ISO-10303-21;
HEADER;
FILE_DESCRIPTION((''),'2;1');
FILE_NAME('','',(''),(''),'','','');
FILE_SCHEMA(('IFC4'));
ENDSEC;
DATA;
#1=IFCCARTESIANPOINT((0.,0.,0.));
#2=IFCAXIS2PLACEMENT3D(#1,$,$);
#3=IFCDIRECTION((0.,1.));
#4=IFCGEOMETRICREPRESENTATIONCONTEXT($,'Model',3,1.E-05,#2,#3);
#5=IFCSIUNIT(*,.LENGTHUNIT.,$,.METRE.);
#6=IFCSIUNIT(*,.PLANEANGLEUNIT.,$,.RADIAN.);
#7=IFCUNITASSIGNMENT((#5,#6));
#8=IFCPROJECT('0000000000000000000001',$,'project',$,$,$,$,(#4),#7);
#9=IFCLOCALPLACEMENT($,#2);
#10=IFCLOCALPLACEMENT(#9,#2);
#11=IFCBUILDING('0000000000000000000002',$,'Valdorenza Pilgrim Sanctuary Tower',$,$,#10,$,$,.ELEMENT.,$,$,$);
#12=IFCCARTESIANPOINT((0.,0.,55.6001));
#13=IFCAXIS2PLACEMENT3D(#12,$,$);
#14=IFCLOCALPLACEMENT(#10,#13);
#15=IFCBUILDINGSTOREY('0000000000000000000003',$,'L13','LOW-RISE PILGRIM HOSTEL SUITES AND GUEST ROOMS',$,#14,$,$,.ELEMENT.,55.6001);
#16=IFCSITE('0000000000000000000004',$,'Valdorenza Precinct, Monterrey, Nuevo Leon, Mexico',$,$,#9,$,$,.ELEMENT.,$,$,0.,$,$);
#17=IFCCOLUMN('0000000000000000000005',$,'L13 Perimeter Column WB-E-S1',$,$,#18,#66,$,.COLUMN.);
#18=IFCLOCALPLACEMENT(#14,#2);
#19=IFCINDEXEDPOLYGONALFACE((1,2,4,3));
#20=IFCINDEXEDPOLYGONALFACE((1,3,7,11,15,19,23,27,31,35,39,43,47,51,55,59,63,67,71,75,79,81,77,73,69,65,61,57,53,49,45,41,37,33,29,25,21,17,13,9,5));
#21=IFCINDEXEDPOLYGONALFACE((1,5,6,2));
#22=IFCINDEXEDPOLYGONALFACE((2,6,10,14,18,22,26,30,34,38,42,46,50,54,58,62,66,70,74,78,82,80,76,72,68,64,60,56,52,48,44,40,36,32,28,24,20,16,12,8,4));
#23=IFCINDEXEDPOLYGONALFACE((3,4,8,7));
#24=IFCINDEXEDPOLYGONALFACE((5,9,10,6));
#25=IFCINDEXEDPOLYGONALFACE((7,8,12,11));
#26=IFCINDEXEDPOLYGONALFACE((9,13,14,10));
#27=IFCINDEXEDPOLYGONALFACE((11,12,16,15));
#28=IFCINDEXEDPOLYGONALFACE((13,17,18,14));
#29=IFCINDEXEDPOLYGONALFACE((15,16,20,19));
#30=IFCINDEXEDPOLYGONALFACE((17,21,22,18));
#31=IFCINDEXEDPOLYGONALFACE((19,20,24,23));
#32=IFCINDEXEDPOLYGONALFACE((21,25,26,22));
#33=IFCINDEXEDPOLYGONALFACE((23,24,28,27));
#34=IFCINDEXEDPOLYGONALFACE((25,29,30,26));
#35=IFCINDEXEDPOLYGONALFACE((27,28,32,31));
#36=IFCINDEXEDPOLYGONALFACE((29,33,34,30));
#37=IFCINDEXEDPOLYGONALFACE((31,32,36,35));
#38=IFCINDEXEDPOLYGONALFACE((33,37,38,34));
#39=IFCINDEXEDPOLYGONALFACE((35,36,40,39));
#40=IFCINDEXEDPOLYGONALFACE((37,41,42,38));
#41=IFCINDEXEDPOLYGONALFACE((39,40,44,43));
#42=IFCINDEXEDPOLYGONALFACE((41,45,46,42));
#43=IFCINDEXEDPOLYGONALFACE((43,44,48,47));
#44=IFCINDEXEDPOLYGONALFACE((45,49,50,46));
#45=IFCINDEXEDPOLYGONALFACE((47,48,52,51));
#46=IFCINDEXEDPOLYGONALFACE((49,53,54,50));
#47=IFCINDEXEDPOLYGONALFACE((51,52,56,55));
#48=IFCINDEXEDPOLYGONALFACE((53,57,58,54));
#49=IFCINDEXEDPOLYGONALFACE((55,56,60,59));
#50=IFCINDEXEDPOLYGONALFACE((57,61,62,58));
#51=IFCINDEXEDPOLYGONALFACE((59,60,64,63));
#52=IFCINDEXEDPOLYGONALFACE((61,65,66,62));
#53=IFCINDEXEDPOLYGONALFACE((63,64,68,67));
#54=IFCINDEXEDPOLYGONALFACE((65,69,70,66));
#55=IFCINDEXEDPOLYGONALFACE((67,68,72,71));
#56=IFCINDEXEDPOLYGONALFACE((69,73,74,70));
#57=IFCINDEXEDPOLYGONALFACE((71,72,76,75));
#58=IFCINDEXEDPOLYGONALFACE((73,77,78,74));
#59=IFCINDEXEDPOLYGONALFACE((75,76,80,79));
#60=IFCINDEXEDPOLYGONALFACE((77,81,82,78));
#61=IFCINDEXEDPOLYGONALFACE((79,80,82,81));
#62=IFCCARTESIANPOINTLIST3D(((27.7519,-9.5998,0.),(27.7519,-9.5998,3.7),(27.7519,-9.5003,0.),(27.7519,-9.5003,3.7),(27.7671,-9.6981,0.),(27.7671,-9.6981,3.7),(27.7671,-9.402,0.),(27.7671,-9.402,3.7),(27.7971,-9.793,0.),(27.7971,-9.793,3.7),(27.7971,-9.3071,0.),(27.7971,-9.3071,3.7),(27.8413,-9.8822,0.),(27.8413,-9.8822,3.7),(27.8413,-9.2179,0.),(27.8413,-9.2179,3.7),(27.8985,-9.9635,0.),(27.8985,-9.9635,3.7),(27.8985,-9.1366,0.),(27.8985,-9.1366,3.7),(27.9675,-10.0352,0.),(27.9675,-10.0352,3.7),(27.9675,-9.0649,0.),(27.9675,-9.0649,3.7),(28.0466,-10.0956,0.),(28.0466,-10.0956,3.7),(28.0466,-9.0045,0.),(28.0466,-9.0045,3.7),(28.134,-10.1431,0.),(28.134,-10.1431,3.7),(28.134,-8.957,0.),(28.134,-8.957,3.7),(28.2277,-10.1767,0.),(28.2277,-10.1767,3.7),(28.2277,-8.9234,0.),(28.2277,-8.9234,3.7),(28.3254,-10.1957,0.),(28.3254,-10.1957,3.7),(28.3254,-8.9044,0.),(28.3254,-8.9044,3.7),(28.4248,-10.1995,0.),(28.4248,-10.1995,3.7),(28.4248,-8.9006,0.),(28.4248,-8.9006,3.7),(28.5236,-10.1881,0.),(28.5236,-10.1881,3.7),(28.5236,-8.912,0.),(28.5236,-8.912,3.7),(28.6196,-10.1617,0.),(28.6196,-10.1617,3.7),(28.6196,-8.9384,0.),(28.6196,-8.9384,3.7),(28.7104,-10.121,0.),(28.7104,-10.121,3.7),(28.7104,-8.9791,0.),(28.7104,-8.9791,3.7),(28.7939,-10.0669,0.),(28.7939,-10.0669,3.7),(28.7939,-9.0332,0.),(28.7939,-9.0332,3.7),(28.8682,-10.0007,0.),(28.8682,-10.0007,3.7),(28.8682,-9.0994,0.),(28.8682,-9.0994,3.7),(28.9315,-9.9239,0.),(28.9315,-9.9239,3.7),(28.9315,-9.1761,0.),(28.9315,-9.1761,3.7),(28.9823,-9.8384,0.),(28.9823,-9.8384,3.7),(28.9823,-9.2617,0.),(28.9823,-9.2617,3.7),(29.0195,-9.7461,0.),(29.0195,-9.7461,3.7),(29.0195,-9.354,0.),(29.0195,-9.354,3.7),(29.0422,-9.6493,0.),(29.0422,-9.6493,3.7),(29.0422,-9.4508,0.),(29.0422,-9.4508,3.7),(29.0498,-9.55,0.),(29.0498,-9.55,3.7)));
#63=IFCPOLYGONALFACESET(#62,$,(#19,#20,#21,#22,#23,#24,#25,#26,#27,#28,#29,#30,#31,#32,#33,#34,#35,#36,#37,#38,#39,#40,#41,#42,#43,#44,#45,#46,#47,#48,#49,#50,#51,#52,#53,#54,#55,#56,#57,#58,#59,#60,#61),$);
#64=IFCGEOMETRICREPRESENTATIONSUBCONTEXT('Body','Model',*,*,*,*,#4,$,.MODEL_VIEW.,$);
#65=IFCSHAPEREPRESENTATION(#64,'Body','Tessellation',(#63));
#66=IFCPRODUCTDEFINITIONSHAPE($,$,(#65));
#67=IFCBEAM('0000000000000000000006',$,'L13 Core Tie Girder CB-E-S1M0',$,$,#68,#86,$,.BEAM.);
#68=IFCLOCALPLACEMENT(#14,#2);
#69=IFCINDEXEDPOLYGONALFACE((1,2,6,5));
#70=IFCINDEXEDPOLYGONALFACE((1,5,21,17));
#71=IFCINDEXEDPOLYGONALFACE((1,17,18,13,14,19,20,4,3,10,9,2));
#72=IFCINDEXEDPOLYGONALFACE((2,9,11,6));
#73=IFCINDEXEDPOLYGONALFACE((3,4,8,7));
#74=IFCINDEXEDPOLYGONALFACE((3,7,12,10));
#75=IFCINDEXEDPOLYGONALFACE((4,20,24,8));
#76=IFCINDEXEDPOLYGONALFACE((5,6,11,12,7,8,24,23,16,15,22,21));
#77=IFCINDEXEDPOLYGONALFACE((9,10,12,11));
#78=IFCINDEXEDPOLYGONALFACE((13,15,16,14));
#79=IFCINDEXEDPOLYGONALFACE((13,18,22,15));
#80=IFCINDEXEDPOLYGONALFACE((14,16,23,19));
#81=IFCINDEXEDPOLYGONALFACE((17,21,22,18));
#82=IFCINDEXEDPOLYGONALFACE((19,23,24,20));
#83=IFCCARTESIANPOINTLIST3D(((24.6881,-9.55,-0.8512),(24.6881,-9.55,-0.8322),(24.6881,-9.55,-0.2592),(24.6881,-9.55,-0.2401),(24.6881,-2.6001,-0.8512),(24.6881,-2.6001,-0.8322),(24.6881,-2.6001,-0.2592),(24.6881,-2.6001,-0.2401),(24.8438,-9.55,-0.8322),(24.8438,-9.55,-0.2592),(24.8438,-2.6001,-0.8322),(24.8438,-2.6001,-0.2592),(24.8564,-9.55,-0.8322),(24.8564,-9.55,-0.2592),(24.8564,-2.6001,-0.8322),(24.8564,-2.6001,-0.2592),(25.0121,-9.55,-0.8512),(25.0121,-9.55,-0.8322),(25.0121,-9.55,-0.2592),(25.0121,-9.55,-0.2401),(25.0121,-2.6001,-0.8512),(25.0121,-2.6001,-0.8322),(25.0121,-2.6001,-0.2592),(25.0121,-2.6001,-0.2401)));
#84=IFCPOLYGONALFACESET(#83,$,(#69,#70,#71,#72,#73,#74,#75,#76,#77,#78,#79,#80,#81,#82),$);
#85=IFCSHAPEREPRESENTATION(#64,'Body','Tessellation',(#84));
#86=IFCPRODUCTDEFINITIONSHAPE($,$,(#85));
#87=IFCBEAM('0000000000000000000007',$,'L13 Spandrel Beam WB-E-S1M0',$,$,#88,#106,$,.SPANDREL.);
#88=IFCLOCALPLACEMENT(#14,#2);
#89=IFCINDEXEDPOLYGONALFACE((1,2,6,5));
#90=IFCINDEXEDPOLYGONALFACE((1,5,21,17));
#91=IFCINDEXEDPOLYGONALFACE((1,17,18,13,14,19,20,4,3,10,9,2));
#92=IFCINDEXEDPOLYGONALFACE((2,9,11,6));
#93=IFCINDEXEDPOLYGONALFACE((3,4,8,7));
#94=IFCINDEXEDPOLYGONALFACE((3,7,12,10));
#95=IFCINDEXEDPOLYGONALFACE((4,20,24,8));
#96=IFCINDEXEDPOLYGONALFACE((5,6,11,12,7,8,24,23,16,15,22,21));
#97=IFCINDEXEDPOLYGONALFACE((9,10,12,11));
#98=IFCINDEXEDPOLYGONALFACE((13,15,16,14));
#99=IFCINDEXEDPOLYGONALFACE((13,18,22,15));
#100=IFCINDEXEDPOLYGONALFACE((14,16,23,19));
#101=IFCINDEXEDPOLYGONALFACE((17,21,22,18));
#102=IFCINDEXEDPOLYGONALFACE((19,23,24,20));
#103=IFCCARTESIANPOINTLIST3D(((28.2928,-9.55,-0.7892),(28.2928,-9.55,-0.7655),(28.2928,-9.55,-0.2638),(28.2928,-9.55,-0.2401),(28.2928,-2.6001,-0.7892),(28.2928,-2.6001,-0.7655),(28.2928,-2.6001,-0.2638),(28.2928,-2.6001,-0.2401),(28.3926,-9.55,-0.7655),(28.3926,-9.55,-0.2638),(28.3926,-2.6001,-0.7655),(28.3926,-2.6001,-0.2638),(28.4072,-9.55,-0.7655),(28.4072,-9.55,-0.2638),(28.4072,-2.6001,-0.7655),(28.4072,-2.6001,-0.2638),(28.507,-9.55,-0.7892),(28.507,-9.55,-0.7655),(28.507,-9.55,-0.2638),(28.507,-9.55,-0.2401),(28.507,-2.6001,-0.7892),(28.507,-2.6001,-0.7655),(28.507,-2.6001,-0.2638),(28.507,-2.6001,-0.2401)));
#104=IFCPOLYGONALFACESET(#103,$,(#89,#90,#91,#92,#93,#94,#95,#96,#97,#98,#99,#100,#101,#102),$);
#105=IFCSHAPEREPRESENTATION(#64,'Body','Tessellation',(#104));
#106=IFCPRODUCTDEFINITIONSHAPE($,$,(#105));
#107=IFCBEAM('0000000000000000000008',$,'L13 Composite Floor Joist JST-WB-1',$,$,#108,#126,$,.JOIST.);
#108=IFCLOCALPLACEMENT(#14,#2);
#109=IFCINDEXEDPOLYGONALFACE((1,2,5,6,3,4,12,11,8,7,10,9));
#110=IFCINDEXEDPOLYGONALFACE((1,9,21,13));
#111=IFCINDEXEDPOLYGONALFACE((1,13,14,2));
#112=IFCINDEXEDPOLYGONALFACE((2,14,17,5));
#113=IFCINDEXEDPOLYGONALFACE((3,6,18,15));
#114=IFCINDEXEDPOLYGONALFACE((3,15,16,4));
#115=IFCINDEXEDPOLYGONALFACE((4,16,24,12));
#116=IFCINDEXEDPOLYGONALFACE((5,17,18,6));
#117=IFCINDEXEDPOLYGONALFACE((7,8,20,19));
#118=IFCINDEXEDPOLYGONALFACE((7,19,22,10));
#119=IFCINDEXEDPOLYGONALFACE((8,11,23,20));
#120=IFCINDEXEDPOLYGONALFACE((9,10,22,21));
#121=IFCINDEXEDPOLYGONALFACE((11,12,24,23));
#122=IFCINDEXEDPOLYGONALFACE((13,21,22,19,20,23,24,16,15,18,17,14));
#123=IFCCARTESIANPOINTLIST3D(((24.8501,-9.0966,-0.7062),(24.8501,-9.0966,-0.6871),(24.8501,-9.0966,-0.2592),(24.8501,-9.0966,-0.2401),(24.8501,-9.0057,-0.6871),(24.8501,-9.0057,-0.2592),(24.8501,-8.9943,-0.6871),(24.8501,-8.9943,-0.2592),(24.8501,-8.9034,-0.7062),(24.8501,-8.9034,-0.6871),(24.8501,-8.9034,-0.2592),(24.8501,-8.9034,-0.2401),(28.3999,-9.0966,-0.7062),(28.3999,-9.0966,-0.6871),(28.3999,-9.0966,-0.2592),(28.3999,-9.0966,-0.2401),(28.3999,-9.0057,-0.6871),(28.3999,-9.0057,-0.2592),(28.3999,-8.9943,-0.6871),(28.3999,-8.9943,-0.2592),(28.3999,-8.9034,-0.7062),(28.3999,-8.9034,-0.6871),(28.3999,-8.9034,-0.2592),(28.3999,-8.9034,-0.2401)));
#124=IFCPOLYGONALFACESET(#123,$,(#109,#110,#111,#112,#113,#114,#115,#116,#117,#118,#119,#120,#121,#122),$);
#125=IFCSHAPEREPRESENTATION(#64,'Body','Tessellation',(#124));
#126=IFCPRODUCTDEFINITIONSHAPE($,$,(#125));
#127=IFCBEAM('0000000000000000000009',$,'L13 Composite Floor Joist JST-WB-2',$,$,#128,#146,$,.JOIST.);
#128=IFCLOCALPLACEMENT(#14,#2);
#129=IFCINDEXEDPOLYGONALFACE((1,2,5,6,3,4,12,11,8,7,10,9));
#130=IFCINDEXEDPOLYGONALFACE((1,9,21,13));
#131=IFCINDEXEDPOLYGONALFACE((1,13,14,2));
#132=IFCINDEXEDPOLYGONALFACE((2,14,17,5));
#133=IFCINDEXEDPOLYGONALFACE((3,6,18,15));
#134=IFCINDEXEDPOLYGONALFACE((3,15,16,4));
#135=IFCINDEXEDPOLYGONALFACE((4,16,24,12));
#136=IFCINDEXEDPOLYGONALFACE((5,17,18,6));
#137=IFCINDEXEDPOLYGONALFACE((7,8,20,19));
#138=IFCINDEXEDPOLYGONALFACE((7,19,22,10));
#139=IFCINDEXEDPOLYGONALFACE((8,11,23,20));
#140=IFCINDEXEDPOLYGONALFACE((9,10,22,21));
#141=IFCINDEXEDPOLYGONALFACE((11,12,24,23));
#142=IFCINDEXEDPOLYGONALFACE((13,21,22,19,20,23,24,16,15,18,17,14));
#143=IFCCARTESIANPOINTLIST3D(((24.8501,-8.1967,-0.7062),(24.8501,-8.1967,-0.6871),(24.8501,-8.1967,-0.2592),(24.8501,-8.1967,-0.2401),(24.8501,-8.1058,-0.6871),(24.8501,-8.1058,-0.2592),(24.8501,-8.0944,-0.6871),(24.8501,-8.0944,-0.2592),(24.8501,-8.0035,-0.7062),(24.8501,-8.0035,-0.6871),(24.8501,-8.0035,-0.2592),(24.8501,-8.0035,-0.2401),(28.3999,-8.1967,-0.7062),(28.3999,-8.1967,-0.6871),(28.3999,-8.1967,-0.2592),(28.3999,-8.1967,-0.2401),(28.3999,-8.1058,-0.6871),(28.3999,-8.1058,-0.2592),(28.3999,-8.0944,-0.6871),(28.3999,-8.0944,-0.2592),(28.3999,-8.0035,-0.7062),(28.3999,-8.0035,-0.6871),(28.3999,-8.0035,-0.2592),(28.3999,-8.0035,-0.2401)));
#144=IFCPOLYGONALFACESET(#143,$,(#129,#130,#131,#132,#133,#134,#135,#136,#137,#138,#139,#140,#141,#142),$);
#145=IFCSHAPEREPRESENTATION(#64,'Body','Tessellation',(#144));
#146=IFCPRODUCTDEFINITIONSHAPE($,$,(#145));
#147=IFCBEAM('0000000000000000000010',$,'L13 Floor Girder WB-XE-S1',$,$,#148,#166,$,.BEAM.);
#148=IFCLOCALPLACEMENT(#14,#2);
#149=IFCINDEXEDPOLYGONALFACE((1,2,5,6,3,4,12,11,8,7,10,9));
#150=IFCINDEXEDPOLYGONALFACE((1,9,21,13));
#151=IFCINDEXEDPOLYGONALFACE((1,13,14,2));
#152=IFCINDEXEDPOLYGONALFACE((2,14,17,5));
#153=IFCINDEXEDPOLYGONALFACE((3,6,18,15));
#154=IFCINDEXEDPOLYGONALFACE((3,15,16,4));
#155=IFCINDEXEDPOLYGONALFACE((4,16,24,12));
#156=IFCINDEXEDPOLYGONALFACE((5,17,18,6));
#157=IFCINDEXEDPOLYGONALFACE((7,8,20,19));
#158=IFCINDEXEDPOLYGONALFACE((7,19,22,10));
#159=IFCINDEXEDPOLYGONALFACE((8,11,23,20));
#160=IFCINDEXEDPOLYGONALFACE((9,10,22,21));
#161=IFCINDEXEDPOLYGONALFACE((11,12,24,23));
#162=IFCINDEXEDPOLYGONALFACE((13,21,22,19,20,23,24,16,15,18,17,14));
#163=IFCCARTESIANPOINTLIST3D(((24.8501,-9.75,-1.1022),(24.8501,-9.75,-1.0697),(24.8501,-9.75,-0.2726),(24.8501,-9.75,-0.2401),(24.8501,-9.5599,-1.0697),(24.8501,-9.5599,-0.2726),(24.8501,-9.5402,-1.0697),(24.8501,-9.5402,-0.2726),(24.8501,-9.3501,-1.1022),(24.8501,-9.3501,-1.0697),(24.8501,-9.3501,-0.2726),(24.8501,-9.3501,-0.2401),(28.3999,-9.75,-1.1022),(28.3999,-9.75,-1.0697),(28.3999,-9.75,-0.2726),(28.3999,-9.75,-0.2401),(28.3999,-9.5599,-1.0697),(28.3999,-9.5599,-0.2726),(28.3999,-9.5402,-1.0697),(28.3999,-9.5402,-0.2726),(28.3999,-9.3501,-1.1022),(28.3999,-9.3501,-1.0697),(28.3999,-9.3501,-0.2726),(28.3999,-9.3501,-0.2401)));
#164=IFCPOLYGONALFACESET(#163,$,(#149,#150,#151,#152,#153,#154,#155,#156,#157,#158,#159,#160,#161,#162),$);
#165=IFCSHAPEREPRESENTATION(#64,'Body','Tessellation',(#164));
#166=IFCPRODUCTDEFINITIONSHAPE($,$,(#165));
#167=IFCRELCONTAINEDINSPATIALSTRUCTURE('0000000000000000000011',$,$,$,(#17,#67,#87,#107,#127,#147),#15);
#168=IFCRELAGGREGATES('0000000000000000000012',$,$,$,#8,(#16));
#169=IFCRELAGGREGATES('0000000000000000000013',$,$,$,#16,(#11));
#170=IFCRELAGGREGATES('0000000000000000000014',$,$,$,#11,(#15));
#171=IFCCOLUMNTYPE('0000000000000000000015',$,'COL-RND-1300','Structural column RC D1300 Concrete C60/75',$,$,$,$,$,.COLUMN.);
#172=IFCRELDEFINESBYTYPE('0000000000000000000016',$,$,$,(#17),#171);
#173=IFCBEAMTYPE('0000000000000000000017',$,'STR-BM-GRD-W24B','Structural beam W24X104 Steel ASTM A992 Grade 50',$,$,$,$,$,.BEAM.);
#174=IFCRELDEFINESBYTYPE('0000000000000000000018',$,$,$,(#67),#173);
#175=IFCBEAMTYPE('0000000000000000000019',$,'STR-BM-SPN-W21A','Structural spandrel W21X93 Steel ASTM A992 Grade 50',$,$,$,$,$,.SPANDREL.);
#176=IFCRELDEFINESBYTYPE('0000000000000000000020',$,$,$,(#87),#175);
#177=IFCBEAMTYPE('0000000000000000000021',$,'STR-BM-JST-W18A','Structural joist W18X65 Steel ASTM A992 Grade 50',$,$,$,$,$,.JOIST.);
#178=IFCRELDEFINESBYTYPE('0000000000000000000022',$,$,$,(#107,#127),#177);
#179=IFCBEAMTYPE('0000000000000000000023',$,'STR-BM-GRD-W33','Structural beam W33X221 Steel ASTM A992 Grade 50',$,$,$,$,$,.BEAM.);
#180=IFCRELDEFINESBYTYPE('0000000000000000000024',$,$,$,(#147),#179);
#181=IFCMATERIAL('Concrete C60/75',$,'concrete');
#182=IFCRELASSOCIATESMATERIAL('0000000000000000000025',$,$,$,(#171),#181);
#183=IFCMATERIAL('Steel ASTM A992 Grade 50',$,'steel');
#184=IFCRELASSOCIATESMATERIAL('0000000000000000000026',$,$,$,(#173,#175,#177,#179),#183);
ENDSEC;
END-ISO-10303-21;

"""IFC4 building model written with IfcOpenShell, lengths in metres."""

from ifc_helpers import new_model, si_unit, direction, frame, origin, origin_2d, place, context, subcontext, project, spatial, circle, i_section, extrude, source, transform, mapped, material, material_profile, profile_set, type_object, element, save


model = new_model("IFC4")

# Units and contexts
model_context = context("Model", 3, precision=1e-05, world=origin(), true_north=direction((0.0, 1.0)))
body_context = subcontext(model_context, "Body", "Model", "MODEL_VIEW")
ifc_project = project(units=[si_unit("LENGTHUNIT", "METRE"), si_unit("PLANEANGLEUNIT", "RADIAN")], contexts=[model_context])

# Site, building, storey
site_placement = place(None, origin())
site = spatial("IfcSite", under=ifc_project, at=site_placement, Name="Valdorenza Precinct, Monterrey, Nuevo Leon, Mexico", CompositionType="ELEMENT", RefElevation=0.0)
building_placement = place(site_placement, origin())
building = spatial("IfcBuilding", under=site, at=building_placement, Name="Valdorenza Pilgrim Sanctuary Tower", CompositionType="ELEMENT")
storey_placement = place(building_placement, frame((0.0, 0.0, 55.6001)))
storey = spatial("IfcBuildingStorey", under=building, at=storey_placement, Name="L13", Description="LOW-RISE PILGRIM HOSTEL SUITES AND GUEST ROOMS", CompositionType="ELEMENT", Elevation=55.6001)

# Column
ifc_material_1 = material(Name="Concrete C60/75", Category="concrete")
ifc_material_profile_1 = material_profile(ifc_material_1, circle(Radius=0.6499, at=origin_2d()), Name="RC D1300")
ifc_profile_set_1 = profile_set([ifc_material_profile_1], Name="Concrete C60/75")
column_type = type_object("IfcColumnType", Name="COL-RND-1300", Description="Structural column RC D1300 Concrete C60/75", PredefinedType="COLUMN", material=ifc_profile_set_1)
shared_shape_1 = source(origin(), body_context, "Body", "SweptSolid", [
    extrude(circle(Radius=0.6499, at=origin_2d()), origin(), (0.0, 0.0, 1.0), 3.7),
])
column_placement = place(storey_placement, frame((28.3999, -9.55, 0.0), z_axis=(0.0, 0.0, 1.0), x_axis=(1.0, 0.0, 0.0)))
element("IfcColumn", 1, at=column_placement, inside=storey, type_object=column_type, Name="L13 Perimeter Column WB-E-S1", PredefinedType="COLUMN", context=body_context, shape_type="MappedRepresentation", body=[
    mapped(shared_shape_1, transform((0.0, 0.0, 0.0), x_axis=(1.0, 0.0, 0.0), y_axis=(0.0, 1.0, 0.0), z_axis=(0.0, 0.0, 1.0), scale=1.0)),
])

# Beams
ifc_material_2 = material(Name="Steel ASTM A992 Grade 50", Category="steel")
ifc_material_profile_2 = material_profile(ifc_material_2, i_section(OverallWidth=0.324, OverallDepth=0.6111, WebThickness=0.0127, FlangeThickness=0.019, at=origin_2d()), Name="W24X104")
ifc_profile_set_2 = profile_set([ifc_material_profile_2], Name="Steel ASTM A992 Grade 50")
beam_type_1 = type_object("IfcBeamType", Name="STR-BM-GRD-W24B", Description="Structural beam W24X104 Steel ASTM A992 Grade 50", PredefinedType="BEAM", material=ifc_profile_set_2)
shared_shape_2 = source(origin(), body_context, "Body", "SweptSolid", [
    extrude(i_section(OverallWidth=0.324, OverallDepth=0.6111, WebThickness=0.0127, FlangeThickness=0.019, at=origin_2d()), origin(), (0.0, 0.0, 1.0), 6.95),
])
beam_1_placement = place(storey_placement, frame((24.8501, -9.55, -0.5457), z_axis=(0.0, 1.0, 0.0), x_axis=(-1.0, 0.0, 0.0)))
element("IfcBeam", 2, at=beam_1_placement, inside=storey, type_object=beam_type_1, Name="L13 Core Tie Girder CB-E-S1M0", PredefinedType="BEAM", context=body_context, shape_type="MappedRepresentation", body=[
    mapped(shared_shape_2, transform((0.0, 0.0, 0.0), x_axis=(1.0, 0.0, 0.0), y_axis=(0.0, 1.0, 0.0), z_axis=(0.0, 0.0, 1.0), scale=1.0)),
])
ifc_material_profile_3 = material_profile(ifc_material_2, i_section(OverallWidth=0.2141, OverallDepth=0.5491, WebThickness=0.0146, FlangeThickness=0.0237, at=origin_2d()), Name="W21X93")
ifc_profile_set_3 = profile_set([ifc_material_profile_3], Name="Steel ASTM A992 Grade 50")
beam_type_2 = type_object("IfcBeamType", Name="STR-BM-SPN-W21A", Description="Structural spandrel W21X93 Steel ASTM A992 Grade 50", PredefinedType="SPANDREL", material=ifc_profile_set_3)
shared_shape_3 = source(origin(), body_context, "Body", "SweptSolid", [
    extrude(i_section(OverallWidth=0.2141, OverallDepth=0.5491, WebThickness=0.0146, FlangeThickness=0.0237, at=origin_2d()), origin(), (0.0, 0.0, 1.0), 6.95),
])
beam_2_placement = place(storey_placement, frame((28.3999, -9.55, -0.5146), z_axis=(0.0, 1.0, 0.0), x_axis=(-1.0, 0.0, 0.0)))
element("IfcBeam", 3, at=beam_2_placement, inside=storey, type_object=beam_type_2, Name="L13 Spandrel Beam WB-E-S1M0", PredefinedType="SPANDREL", context=body_context, shape_type="MappedRepresentation", body=[
    mapped(shared_shape_3, transform((0.0, 0.0, 0.0), x_axis=(1.0, 0.0, 0.0), y_axis=(0.0, 1.0, 0.0), z_axis=(0.0, 0.0, 1.0), scale=1.0)),
])
ifc_material_profile_4 = material_profile(ifc_material_2, i_section(OverallWidth=0.1931, OverallDepth=0.4661, WebThickness=0.0115, FlangeThickness=0.019, at=origin_2d()), Name="W18X65")
ifc_profile_set_4 = profile_set([ifc_material_profile_4], Name="Steel ASTM A992 Grade 50")
beam_type_3 = type_object("IfcBeamType", Name="STR-BM-JST-W18A", Description="Structural joist W18X65 Steel ASTM A992 Grade 50", PredefinedType="JOIST", material=ifc_profile_set_4)
shared_shape_4 = source(origin(), body_context, "Body", "SweptSolid", [
    extrude(i_section(OverallWidth=0.1931, OverallDepth=0.4661, WebThickness=0.0115, FlangeThickness=0.019, at=origin_2d()), origin(), (0.0, 0.0, 1.0), 3.5498),
])
for number, where, z_axis, x_axis, name in (
    (4, (24.8501, -9.0, -0.4731), (1.0, 0.0, 0.0), (0.0, 1.0, 0.0), "L13 Composite Floor Joist JST-WB-1"),
    (5, (24.8501, -8.1001, -0.4731), (1.0, 0.0, 0.0), (0.0, 1.0, 0.0), "L13 Composite Floor Joist JST-WB-2"),
):
    element("IfcBeam", number, at=place(storey_placement, frame(where, z_axis=z_axis, x_axis=x_axis)), inside=storey, type_object=beam_type_3, Name=name, PredefinedType="JOIST", context=body_context, shape_type="MappedRepresentation", body=[
        mapped(shared_shape_4, transform((0.0, 0.0, 0.0), x_axis=(1.0, 0.0, 0.0), y_axis=(0.0, 1.0, 0.0), z_axis=(0.0, 0.0, 1.0), scale=1.0)),
    ])
ifc_material_profile_5 = material_profile(ifc_material_2, i_section(OverallWidth=0.3999, OverallDepth=0.8621, WebThickness=0.0198, FlangeThickness=0.0325, at=origin_2d()), Name="W33X221")
ifc_profile_set_5 = profile_set([ifc_material_profile_5], Name="Steel ASTM A992 Grade 50")
beam_type_4 = type_object("IfcBeamType", Name="STR-BM-GRD-W33", Description="Structural beam W33X221 Steel ASTM A992 Grade 50", PredefinedType="BEAM", material=ifc_profile_set_5)
shared_shape_5 = source(origin(), body_context, "Body", "SweptSolid", [
    extrude(i_section(OverallWidth=0.3999, OverallDepth=0.8621, WebThickness=0.0198, FlangeThickness=0.0325, at=origin_2d()), origin(), (0.0, 0.0, 1.0), 3.5498),
])
beam_3_placement = place(storey_placement, frame((24.8501, -9.55, -0.6711), z_axis=(1.0, 0.0, 0.0), x_axis=(0.0, 1.0, 0.0)))
element("IfcBeam", 6, at=beam_3_placement, inside=storey, type_object=beam_type_4, Name="L13 Floor Girder WB-XE-S1", PredefinedType="BEAM", context=body_context, shape_type="MappedRepresentation", body=[
    mapped(shared_shape_5, transform((0.0, 0.0, 0.0), x_axis=(1.0, 0.0, 0.0), y_axis=(0.0, 1.0, 0.0), z_axis=(0.0, 0.0, 1.0), scale=1.0)),
])

save(model, "model.ifc")
